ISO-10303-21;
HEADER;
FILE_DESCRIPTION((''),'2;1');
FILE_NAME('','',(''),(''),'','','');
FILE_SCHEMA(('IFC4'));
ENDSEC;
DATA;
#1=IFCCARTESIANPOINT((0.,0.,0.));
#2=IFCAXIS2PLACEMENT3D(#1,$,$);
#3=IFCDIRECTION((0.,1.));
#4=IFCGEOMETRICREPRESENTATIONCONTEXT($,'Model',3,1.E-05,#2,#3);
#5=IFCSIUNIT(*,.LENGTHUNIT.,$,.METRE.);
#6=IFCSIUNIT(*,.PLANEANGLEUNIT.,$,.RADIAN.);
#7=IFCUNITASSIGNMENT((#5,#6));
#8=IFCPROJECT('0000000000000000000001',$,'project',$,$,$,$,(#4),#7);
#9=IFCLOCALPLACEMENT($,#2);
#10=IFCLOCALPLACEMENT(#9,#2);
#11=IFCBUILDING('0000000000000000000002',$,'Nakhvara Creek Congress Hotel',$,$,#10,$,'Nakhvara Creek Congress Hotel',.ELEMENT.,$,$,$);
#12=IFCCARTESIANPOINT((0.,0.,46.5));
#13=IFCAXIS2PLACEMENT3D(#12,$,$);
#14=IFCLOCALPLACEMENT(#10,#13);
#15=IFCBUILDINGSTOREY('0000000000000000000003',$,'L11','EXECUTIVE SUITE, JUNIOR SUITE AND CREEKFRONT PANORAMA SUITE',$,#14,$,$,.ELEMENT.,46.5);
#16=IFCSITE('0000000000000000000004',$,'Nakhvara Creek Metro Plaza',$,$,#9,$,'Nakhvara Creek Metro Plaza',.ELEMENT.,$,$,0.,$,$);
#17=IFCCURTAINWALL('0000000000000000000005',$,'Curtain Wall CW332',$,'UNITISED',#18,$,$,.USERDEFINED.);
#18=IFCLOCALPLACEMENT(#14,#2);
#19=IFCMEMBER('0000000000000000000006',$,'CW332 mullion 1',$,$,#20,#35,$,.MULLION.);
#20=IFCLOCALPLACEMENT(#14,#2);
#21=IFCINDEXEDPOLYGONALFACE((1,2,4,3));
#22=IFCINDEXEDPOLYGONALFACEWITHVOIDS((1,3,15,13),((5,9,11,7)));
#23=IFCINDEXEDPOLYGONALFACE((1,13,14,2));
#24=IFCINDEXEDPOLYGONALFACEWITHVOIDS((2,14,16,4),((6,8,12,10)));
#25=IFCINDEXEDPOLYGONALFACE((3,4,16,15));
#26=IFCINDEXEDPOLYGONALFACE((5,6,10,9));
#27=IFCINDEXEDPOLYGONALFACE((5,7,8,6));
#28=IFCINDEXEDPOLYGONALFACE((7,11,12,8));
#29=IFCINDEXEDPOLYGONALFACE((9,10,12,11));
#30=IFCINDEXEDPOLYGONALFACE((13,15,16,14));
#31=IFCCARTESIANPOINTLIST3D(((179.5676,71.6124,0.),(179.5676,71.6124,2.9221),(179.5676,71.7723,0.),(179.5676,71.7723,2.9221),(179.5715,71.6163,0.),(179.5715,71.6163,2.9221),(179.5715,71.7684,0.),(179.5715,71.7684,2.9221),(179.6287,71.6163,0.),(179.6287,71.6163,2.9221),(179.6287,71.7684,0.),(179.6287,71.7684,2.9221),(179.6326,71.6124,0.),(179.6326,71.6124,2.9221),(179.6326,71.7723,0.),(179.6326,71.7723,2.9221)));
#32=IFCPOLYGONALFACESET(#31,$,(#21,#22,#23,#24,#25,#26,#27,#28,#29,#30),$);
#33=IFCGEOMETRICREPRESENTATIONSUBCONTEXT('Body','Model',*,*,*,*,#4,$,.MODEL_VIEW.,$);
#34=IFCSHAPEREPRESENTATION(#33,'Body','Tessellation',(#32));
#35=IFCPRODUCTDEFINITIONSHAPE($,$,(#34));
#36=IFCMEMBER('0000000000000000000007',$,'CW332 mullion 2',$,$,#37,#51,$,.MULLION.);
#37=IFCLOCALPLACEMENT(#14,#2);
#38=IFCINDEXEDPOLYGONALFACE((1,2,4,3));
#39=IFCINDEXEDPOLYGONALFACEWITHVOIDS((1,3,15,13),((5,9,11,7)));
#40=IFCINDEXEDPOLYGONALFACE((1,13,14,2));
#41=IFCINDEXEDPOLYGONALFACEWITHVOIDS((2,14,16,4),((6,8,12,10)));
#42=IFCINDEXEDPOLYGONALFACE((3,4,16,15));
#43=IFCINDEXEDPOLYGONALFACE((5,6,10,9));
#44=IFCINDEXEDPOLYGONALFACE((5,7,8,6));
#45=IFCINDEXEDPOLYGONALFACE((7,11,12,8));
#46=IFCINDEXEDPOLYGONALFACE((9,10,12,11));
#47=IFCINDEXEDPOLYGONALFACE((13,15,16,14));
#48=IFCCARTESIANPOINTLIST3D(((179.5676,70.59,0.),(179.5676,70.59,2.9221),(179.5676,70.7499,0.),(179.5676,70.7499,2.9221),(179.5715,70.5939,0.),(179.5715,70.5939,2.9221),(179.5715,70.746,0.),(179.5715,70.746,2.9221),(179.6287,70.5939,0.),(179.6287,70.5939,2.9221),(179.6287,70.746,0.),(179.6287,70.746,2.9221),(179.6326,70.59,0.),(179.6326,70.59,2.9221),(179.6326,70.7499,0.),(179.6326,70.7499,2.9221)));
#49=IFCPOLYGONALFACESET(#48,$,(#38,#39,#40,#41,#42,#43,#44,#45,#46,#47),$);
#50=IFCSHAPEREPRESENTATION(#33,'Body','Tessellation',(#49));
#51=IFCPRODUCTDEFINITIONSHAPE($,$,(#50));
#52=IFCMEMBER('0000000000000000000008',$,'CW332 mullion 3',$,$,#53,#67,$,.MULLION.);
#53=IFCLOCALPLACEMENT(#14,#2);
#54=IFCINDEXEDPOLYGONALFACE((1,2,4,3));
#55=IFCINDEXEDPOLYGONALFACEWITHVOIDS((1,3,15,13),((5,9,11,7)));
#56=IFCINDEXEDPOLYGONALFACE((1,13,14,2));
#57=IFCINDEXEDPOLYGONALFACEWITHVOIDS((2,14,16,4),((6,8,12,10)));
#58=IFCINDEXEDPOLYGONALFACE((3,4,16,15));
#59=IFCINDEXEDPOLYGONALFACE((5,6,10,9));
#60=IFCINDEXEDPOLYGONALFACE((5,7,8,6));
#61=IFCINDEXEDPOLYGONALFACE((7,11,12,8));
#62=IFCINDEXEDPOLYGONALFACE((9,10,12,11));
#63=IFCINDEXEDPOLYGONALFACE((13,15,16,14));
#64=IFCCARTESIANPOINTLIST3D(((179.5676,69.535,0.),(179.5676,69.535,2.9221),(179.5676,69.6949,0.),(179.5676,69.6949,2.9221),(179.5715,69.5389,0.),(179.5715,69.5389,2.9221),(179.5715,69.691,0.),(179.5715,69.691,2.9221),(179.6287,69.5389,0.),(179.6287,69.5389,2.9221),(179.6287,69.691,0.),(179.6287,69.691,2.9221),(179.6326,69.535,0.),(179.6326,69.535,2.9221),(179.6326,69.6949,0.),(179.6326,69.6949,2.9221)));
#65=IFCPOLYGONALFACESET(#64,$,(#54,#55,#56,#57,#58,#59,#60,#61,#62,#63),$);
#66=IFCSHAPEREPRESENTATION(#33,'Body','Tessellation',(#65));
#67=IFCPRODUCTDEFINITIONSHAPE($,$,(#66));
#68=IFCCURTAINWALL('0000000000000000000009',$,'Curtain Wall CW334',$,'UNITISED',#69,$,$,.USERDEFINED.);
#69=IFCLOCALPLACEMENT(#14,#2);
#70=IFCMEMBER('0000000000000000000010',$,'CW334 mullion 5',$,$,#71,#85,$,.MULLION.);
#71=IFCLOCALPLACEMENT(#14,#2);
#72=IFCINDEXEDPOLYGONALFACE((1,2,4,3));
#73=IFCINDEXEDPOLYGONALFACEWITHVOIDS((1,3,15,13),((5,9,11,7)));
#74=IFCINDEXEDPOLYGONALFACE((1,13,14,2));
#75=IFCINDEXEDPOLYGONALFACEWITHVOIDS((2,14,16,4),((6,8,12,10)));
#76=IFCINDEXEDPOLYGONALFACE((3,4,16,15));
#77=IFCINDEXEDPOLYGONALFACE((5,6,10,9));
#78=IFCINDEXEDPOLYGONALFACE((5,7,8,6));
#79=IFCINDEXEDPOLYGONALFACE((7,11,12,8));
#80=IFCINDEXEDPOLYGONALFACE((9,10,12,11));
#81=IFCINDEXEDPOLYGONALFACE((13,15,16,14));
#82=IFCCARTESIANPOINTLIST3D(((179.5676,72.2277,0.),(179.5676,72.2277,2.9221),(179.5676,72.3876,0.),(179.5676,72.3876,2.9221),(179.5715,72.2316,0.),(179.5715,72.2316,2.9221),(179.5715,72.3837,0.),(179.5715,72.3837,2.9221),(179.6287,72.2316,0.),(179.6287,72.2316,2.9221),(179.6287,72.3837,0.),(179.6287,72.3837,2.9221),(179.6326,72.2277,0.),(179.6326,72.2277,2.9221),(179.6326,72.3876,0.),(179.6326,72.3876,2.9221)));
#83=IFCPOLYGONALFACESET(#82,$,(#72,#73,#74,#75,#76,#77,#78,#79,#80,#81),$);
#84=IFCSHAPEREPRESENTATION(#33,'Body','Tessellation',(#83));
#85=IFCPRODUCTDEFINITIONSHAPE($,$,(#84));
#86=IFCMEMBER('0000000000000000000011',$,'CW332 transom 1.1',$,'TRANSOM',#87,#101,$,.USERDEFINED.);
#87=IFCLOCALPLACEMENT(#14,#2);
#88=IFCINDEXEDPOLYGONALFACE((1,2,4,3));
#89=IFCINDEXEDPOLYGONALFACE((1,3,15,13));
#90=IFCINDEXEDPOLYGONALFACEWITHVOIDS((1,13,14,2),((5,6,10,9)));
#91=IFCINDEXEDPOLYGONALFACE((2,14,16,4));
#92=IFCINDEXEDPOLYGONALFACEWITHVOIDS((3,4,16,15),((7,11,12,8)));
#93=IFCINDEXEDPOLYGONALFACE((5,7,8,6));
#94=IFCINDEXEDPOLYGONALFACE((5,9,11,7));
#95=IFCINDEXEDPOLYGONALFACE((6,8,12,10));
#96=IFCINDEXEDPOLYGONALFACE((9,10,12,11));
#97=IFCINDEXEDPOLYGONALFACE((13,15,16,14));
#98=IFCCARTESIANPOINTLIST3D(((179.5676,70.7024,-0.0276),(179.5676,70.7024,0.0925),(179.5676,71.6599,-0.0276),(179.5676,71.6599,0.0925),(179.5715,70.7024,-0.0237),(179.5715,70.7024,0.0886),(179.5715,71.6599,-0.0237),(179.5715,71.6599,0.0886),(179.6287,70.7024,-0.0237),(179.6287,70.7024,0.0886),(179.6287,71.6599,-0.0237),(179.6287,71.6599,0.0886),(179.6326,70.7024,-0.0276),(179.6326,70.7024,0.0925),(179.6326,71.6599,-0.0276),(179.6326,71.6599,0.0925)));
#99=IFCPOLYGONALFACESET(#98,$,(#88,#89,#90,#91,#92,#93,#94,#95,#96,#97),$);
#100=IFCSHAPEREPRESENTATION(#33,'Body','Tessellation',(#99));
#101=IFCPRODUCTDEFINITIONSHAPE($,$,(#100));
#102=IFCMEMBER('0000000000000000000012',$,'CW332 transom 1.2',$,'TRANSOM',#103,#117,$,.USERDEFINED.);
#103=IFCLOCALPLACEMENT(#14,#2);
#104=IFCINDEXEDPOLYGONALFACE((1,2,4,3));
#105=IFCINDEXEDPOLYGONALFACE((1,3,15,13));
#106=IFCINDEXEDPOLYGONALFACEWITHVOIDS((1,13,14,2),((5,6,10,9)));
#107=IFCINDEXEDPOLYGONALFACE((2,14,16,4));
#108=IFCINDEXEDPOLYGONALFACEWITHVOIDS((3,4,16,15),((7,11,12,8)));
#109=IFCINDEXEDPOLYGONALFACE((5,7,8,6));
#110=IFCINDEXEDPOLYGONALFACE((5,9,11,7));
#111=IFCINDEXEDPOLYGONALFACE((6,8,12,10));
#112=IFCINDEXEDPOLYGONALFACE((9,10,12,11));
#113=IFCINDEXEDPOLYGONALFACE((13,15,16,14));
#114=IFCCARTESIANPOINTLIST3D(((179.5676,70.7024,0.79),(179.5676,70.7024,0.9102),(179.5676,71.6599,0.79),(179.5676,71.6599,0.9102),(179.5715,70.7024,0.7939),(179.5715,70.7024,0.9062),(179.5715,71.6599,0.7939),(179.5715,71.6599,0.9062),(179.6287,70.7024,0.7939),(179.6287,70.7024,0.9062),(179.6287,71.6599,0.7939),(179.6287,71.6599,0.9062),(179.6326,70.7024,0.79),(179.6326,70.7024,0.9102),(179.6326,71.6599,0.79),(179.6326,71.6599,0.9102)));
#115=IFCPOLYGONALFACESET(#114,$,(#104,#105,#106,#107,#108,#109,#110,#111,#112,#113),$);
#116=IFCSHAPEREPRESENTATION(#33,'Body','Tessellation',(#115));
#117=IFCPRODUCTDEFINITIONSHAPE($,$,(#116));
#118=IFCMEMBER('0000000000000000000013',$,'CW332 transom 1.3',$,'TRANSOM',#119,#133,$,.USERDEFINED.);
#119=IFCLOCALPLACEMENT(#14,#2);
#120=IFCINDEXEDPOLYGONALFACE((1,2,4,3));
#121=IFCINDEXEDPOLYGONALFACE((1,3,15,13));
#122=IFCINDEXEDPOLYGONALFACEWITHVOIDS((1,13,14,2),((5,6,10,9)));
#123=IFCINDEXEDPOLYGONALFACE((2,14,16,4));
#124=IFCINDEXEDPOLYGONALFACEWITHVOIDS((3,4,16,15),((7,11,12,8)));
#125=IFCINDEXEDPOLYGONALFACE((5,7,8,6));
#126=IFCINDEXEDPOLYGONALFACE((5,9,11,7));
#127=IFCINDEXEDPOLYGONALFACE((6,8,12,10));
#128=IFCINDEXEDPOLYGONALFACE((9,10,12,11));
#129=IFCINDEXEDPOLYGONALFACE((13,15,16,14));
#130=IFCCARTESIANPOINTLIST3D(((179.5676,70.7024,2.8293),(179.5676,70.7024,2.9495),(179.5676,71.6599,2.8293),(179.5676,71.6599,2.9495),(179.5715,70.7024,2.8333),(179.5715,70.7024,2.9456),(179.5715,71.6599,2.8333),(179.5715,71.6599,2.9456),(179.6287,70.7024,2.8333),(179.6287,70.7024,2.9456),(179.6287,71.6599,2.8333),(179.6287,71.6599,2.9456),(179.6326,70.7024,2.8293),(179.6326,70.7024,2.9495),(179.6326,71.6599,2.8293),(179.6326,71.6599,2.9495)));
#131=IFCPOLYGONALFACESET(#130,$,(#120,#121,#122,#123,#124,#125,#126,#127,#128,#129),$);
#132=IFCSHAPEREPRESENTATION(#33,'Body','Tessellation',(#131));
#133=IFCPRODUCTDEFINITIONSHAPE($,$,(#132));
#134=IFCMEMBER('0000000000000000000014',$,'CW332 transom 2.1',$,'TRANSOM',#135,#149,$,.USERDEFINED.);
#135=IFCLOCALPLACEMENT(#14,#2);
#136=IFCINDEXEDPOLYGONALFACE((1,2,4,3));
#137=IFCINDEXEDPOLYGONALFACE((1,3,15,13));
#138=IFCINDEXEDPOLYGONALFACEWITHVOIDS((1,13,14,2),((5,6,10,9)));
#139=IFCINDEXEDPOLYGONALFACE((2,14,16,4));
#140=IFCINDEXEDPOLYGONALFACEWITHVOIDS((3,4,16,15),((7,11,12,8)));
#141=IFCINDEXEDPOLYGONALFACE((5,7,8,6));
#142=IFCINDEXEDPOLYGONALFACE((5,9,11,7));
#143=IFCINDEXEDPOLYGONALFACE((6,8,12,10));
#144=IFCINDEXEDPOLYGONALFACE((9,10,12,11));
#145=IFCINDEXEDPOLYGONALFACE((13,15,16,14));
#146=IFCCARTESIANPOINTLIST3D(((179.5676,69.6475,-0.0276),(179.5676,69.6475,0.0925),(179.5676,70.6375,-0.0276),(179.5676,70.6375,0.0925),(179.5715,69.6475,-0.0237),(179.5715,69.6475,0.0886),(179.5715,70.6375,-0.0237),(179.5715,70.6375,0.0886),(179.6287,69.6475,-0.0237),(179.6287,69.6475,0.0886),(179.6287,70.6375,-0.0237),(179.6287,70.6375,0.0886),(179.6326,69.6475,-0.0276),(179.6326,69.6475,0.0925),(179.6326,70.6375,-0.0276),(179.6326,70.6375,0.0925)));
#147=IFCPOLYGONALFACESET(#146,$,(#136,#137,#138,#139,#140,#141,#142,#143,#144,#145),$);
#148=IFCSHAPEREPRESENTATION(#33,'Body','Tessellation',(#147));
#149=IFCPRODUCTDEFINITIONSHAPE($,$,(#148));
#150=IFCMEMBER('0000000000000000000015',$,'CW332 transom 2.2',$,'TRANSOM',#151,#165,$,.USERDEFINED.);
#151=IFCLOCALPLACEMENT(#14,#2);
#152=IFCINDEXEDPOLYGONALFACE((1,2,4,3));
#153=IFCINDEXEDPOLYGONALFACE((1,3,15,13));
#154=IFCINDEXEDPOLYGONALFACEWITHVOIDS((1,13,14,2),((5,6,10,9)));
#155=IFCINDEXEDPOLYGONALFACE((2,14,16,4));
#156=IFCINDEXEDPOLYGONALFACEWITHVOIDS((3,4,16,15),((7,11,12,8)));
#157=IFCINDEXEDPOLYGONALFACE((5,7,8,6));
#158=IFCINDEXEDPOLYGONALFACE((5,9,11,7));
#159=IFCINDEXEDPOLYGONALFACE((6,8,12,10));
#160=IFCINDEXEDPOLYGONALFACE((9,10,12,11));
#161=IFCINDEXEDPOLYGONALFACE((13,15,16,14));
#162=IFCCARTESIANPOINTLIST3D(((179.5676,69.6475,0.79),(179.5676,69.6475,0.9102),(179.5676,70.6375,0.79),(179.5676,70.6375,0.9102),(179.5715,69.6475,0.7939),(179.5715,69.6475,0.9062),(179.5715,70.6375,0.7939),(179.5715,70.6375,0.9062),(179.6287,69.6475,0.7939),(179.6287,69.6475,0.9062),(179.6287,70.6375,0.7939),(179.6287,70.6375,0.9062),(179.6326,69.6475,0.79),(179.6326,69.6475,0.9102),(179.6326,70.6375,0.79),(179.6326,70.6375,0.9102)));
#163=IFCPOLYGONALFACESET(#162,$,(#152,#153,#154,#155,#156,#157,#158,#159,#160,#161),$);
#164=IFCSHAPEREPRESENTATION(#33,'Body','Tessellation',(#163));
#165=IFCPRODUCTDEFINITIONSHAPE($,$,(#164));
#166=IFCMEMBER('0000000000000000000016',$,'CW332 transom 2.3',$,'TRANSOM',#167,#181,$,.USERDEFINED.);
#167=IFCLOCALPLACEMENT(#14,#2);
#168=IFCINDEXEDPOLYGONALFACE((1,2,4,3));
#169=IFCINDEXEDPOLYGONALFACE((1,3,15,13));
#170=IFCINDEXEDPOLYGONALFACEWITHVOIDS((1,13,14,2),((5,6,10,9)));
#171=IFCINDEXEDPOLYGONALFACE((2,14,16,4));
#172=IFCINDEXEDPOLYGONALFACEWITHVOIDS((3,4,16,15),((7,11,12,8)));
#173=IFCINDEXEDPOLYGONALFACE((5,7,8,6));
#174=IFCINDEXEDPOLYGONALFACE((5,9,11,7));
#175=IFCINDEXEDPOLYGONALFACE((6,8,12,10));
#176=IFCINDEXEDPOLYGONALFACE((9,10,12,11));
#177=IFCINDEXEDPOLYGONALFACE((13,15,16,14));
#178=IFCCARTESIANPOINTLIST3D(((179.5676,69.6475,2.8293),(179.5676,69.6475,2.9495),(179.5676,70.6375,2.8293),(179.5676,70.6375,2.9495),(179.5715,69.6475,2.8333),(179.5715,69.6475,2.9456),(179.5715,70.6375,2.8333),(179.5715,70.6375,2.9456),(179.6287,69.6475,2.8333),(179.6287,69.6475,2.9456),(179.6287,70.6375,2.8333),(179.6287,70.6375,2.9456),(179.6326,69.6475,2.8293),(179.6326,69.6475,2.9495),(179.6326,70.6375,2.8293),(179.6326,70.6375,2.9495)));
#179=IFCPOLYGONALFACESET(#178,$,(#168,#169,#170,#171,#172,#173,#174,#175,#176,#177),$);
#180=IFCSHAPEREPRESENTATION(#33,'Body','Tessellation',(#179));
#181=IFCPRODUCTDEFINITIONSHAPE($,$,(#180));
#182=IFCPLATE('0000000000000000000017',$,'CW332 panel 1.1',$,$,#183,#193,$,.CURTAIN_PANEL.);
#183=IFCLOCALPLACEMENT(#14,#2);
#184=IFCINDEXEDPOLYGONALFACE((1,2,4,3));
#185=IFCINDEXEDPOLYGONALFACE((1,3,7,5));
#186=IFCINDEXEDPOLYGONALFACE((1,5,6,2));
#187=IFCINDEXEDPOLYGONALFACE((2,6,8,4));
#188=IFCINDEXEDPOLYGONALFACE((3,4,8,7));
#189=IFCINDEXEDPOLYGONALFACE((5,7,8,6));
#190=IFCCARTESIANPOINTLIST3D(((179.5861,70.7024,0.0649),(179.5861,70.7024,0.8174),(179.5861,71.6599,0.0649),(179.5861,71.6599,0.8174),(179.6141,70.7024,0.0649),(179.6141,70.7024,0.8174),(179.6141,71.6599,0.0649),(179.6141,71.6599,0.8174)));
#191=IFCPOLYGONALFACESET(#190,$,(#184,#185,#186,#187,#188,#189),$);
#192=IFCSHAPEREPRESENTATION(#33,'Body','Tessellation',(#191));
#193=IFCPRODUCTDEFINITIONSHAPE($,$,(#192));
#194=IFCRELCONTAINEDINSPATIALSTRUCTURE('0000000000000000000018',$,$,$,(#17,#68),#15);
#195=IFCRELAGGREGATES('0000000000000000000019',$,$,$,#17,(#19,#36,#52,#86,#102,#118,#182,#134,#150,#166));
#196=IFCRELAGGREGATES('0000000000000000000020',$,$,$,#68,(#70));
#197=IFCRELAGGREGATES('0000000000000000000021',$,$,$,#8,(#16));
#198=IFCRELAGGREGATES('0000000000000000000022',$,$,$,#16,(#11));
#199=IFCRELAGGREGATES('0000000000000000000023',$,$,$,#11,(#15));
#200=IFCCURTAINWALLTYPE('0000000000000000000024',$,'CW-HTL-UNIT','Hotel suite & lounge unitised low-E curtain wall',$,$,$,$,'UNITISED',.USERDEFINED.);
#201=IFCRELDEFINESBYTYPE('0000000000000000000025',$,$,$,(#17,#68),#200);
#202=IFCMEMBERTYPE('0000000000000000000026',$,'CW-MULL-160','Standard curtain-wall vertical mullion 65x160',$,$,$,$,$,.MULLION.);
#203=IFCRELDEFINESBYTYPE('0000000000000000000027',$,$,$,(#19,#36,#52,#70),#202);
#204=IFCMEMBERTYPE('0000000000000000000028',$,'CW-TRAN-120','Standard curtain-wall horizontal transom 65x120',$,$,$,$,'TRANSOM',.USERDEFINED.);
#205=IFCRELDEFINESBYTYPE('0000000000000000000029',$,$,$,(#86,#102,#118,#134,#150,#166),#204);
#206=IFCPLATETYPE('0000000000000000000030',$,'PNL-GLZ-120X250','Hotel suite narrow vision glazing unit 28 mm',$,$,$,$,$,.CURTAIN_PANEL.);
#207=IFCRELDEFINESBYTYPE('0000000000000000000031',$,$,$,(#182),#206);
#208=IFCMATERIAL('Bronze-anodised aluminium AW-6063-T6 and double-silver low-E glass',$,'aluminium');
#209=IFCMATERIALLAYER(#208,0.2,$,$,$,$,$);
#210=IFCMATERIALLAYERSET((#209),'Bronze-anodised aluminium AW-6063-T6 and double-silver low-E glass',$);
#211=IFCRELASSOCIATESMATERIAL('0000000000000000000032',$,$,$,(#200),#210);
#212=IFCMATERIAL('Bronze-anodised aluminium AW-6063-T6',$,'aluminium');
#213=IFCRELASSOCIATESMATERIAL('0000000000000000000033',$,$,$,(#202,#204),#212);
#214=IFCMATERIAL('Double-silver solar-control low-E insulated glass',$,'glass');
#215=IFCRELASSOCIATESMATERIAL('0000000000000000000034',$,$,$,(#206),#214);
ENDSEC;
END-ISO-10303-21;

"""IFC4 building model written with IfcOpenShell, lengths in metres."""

from ifc_helpers import new_model, si_unit, direction, frame, origin, origin_2d, place, context, subcontext, project, spatial, rectangle, hollow_rectangle, extrude, material, layer, layer_set, material_profile, profile_set, type_object, element, aggregate, save


model = new_model("IFC4")

# Units and contexts
model_context = context("Model", 3, precision=1e-05, world=origin(), true_north=direction((0.0, 1.0)))
body_context = subcontext(model_context, "Body", "Model", "MODEL_VIEW")
ifc_project = project(units=[si_unit("LENGTHUNIT", "METRE"), si_unit("PLANEANGLEUNIT", "RADIAN")], contexts=[model_context])

# Site, building, storey
site_placement = place(None, origin())
site = spatial("IfcSite", under=ifc_project, at=site_placement, Name="Nakhvara Creek Metro Plaza", LongName="Nakhvara Creek Metro Plaza", CompositionType="ELEMENT", RefElevation=0.0)
building_placement = place(site_placement, origin())
building = spatial("IfcBuilding", under=site, at=building_placement, Name="Nakhvara Creek Congress Hotel", LongName="Nakhvara Creek Congress Hotel", CompositionType="ELEMENT")
storey_placement = place(building_placement, frame((0.0, 0.0, 46.5)))
storey = spatial("IfcBuildingStorey", under=building, at=storey_placement, Name="L11", Description="EXECUTIVE SUITE, JUNIOR SUITE AND CREEKFRONT PANORAMA SUITE", CompositionType="ELEMENT", Elevation=46.5)

# Curtain wall, members
ifc_material_1 = material(Name="Bronze-anodised aluminium AW-6063-T6 and double-silver low-E glass", Category="aluminium")
ifc_layer_1 = layer(ifc_material_1, 0.2)
ifc_layer_set_1 = layer_set([ifc_layer_1], Name="Bronze-anodised aluminium AW-6063-T6 and double-silver low-E glass")
curtain_wall_type = type_object("IfcCurtainWallType", Name="CW-HTL-UNIT", Description="Hotel suite & lounge unitised low-E curtain wall", ElementType="UNITISED", PredefinedType="USERDEFINED", material=ifc_layer_set_1)
curtain_wall_1_placement = place(storey_placement, origin())
curtain_wall_1 = element("IfcCurtainWall", 1, at=curtain_wall_1_placement, inside=storey, type_object=curtain_wall_type, Name="Curtain Wall CW332", ObjectType="UNITISED", PredefinedType="USERDEFINED")
ifc_material_2 = material(Name="Bronze-anodised aluminium AW-6063-T6", Category="aluminium")
ifc_material_profile_1 = material_profile(ifc_material_2, hollow_rectangle(XDim=0.0649, YDim=0.1599, WallThickness=0.0039, at=origin_2d()), Name="ALU-MULL 65x160x4", Category="LoadBearing")
ifc_profile_set_1 = profile_set([ifc_material_profile_1], Name="Bronze-anodised aluminium AW-6063-T6")
member_type_1 = type_object("IfcMemberType", Name="CW-MULL-160", Description="Standard curtain-wall vertical mullion 65x160", PredefinedType="MULLION", material=ifc_profile_set_1)
member_1_placement = place(storey_placement, frame((179.6001, 71.6924, 0.0), z_axis=(0.0, 0.0, 1.0), x_axis=(1.0, 0.0, 0.0)))
member_1 = element("IfcMember", 2, at=member_1_placement, type_object=member_type_1, Name="CW332 mullion 1", PredefinedType="MULLION", context=body_context, shape_type="SweptSolid", body=[
    extrude(hollow_rectangle(XDim=0.0649, YDim=0.1599, WallThickness=0.0039, at=origin_2d()), origin(), (0.0, 0.0, 1.0), 2.9221),
])
member_2_placement = place(storey_placement, frame((179.6001, 70.6699, 0.0), z_axis=(0.0, 0.0, 1.0), x_axis=(1.0, 0.0, 0.0)))
member_2 = element("IfcMember", 3, at=member_2_placement, type_object=member_type_1, Name="CW332 mullion 2", PredefinedType="MULLION", context=body_context, shape_type="SweptSolid", body=[
    extrude(hollow_rectangle(XDim=0.0649, YDim=0.1599, WallThickness=0.0039, at=origin_2d()), origin(), (0.0, 0.0, 1.0), 2.9221),
])
member_3_placement = place(storey_placement, frame((179.6001, 69.615, 0.0), z_axis=(0.0, 0.0, 1.0), x_axis=(1.0, 0.0, 0.0)))
member_3 = element("IfcMember", 4, at=member_3_placement, type_object=member_type_1, Name="CW332 mullion 3", PredefinedType="MULLION", context=body_context, shape_type="SweptSolid", body=[
    extrude(hollow_rectangle(XDim=0.0649, YDim=0.1599, WallThickness=0.0039, at=origin_2d()), origin(), (0.0, 0.0, 1.0), 2.9221),
])

# Curtain wall, member
curtain_wall_2_placement = place(storey_placement, origin())
curtain_wall_2 = element("IfcCurtainWall", 5, at=curtain_wall_2_placement, inside=storey, type_object=curtain_wall_type, Name="Curtain Wall CW334", ObjectType="UNITISED", PredefinedType="USERDEFINED")
member_4_placement = place(storey_placement, frame((179.6001, 72.3076, 0.0), z_axis=(0.0, 0.0, 1.0), x_axis=(1.0, 0.0, 0.0)))
member_4 = element("IfcMember", 6, at=member_4_placement, type_object=member_type_1, Name="CW334 mullion 5", PredefinedType="MULLION", context=body_context, shape_type="SweptSolid", body=[
    extrude(hollow_rectangle(XDim=0.0649, YDim=0.1599, WallThickness=0.0039, at=origin_2d()), origin(), (0.0, 0.0, 1.0), 2.9221),
])

# Members
ifc_material_profile_2 = material_profile(ifc_material_2, hollow_rectangle(XDim=0.0649, YDim=0.1201, WallThickness=0.0039, at=origin_2d()), Name="ALU-TRAN 65x120x4", Category="LoadBearing")
ifc_profile_set_2 = profile_set([ifc_material_profile_2], Name="Bronze-anodised aluminium AW-6063-T6")
member_type_2 = type_object("IfcMemberType", Name="CW-TRAN-120", Description="Standard curtain-wall horizontal transom 65x120", ElementType="TRANSOM", PredefinedType="USERDEFINED", material=ifc_profile_set_2)
member_5_placement = place(storey_placement, frame((179.6001, 71.6599, 0.0325), z_axis=(0.0, -1.0, 0.0), x_axis=(1.0, 0.0, 0.0)))
member_5 = element("IfcMember", 7, at=member_5_placement, type_object=member_type_2, Name="CW332 transom 1.1", ObjectType="TRANSOM", PredefinedType="USERDEFINED", context=body_context, shape_type="SweptSolid", body=[
    extrude(hollow_rectangle(XDim=0.0649, YDim=0.1201, WallThickness=0.0039, at=origin_2d()), origin(), (0.0, 0.0, 1.0), 0.9575),
])
member_6_placement = place(storey_placement, frame((179.6001, 71.6599, 0.8501), z_axis=(0.0, -1.0, 0.0), x_axis=(1.0, 0.0, 0.0)))
member_6 = element("IfcMember", 8, at=member_6_placement, type_object=member_type_2, Name="CW332 transom 1.2", ObjectType="TRANSOM", PredefinedType="USERDEFINED", context=body_context, shape_type="SweptSolid", body=[
    extrude(hollow_rectangle(XDim=0.0649, YDim=0.1201, WallThickness=0.0039, at=origin_2d()), origin(), (0.0, 0.0, 1.0), 0.9575),
])
member_7_placement = place(storey_placement, frame((179.6001, 71.6599, 2.8894), z_axis=(0.0, -1.0, 0.0), x_axis=(1.0, 0.0, 0.0)))
member_7 = element("IfcMember", 9, at=member_7_placement, type_object=member_type_2, Name="CW332 transom 1.3", ObjectType="TRANSOM", PredefinedType="USERDEFINED", context=body_context, shape_type="SweptSolid", body=[
    extrude(hollow_rectangle(XDim=0.0649, YDim=0.1201, WallThickness=0.0039, at=origin_2d()), origin(), (0.0, 0.0, 1.0), 0.9575),
])
member_8_placement = place(storey_placement, frame((179.6001, 70.6375, 0.0325), z_axis=(0.0, -1.0, 0.0), x_axis=(1.0, 0.0, 0.0)))
member_8 = element("IfcMember", 10, at=member_8_placement, type_object=member_type_2, Name="CW332 transom 2.1", ObjectType="TRANSOM", PredefinedType="USERDEFINED", context=body_context, shape_type="SweptSolid", body=[
    extrude(hollow_rectangle(XDim=0.0649, YDim=0.1201, WallThickness=0.0039, at=origin_2d()), origin(), (0.0, 0.0, 1.0), 0.99),
])
member_9_placement = place(storey_placement, frame((179.6001, 70.6375, 0.8501), z_axis=(0.0, -1.0, 0.0), x_axis=(1.0, 0.0, 0.0)))
member_9 = element("IfcMember", 11, at=member_9_placement, type_object=member_type_2, Name="CW332 transom 2.2", ObjectType="TRANSOM", PredefinedType="USERDEFINED", context=body_context, shape_type="SweptSolid", body=[
    extrude(hollow_rectangle(XDim=0.0649, YDim=0.1201, WallThickness=0.0039, at=origin_2d()), origin(), (0.0, 0.0, 1.0), 0.99),
])
member_10_placement = place(storey_placement, frame((179.6001, 70.6375, 2.8894), z_axis=(0.0, -1.0, 0.0), x_axis=(1.0, 0.0, 0.0)))
member_10 = element("IfcMember", 12, at=member_10_placement, type_object=member_type_2, Name="CW332 transom 2.3", ObjectType="TRANSOM", PredefinedType="USERDEFINED", context=body_context, shape_type="SweptSolid", body=[
    extrude(hollow_rectangle(XDim=0.0649, YDim=0.1201, WallThickness=0.0039, at=origin_2d()), origin(), (0.0, 0.0, 1.0), 0.99),
])

# Plate
ifc_material_3 = material(Name="Double-silver solar-control low-E insulated glass", Category="glass")
plate_type_1 = type_object("IfcPlateType", Name="PNL-GLZ-120X250", Description="Hotel suite narrow vision glazing unit 28 mm", PredefinedType="CURTAIN_PANEL", material=ifc_material_3)
plate_1_placement = place(storey_placement, frame((179.6001, 71.1812, 0.0649), z_axis=(0.0, 0.0, 1.0), x_axis=(0.0, -1.0, 0.0)))
plate_1 = element("IfcPlate", 13, at=plate_1_placement, type_object=plate_type_1, Name="CW332 panel 1.1", PredefinedType="CURTAIN_PANEL", context=body_context, shape_type="SweptSolid", body=[
    extrude(rectangle(XDim=0.9575, YDim=0.0281, at=origin_2d()), origin(), (0.0, 0.0, 1.0), 0.7524),
])
aggregate(curtain_wall_1, [member_1, member_2, member_3, member_5, member_6, member_7, plate_1, member_8, member_9, member_10])
aggregate(curtain_wall_2, [member_4])

save(model, "model.ifc")
